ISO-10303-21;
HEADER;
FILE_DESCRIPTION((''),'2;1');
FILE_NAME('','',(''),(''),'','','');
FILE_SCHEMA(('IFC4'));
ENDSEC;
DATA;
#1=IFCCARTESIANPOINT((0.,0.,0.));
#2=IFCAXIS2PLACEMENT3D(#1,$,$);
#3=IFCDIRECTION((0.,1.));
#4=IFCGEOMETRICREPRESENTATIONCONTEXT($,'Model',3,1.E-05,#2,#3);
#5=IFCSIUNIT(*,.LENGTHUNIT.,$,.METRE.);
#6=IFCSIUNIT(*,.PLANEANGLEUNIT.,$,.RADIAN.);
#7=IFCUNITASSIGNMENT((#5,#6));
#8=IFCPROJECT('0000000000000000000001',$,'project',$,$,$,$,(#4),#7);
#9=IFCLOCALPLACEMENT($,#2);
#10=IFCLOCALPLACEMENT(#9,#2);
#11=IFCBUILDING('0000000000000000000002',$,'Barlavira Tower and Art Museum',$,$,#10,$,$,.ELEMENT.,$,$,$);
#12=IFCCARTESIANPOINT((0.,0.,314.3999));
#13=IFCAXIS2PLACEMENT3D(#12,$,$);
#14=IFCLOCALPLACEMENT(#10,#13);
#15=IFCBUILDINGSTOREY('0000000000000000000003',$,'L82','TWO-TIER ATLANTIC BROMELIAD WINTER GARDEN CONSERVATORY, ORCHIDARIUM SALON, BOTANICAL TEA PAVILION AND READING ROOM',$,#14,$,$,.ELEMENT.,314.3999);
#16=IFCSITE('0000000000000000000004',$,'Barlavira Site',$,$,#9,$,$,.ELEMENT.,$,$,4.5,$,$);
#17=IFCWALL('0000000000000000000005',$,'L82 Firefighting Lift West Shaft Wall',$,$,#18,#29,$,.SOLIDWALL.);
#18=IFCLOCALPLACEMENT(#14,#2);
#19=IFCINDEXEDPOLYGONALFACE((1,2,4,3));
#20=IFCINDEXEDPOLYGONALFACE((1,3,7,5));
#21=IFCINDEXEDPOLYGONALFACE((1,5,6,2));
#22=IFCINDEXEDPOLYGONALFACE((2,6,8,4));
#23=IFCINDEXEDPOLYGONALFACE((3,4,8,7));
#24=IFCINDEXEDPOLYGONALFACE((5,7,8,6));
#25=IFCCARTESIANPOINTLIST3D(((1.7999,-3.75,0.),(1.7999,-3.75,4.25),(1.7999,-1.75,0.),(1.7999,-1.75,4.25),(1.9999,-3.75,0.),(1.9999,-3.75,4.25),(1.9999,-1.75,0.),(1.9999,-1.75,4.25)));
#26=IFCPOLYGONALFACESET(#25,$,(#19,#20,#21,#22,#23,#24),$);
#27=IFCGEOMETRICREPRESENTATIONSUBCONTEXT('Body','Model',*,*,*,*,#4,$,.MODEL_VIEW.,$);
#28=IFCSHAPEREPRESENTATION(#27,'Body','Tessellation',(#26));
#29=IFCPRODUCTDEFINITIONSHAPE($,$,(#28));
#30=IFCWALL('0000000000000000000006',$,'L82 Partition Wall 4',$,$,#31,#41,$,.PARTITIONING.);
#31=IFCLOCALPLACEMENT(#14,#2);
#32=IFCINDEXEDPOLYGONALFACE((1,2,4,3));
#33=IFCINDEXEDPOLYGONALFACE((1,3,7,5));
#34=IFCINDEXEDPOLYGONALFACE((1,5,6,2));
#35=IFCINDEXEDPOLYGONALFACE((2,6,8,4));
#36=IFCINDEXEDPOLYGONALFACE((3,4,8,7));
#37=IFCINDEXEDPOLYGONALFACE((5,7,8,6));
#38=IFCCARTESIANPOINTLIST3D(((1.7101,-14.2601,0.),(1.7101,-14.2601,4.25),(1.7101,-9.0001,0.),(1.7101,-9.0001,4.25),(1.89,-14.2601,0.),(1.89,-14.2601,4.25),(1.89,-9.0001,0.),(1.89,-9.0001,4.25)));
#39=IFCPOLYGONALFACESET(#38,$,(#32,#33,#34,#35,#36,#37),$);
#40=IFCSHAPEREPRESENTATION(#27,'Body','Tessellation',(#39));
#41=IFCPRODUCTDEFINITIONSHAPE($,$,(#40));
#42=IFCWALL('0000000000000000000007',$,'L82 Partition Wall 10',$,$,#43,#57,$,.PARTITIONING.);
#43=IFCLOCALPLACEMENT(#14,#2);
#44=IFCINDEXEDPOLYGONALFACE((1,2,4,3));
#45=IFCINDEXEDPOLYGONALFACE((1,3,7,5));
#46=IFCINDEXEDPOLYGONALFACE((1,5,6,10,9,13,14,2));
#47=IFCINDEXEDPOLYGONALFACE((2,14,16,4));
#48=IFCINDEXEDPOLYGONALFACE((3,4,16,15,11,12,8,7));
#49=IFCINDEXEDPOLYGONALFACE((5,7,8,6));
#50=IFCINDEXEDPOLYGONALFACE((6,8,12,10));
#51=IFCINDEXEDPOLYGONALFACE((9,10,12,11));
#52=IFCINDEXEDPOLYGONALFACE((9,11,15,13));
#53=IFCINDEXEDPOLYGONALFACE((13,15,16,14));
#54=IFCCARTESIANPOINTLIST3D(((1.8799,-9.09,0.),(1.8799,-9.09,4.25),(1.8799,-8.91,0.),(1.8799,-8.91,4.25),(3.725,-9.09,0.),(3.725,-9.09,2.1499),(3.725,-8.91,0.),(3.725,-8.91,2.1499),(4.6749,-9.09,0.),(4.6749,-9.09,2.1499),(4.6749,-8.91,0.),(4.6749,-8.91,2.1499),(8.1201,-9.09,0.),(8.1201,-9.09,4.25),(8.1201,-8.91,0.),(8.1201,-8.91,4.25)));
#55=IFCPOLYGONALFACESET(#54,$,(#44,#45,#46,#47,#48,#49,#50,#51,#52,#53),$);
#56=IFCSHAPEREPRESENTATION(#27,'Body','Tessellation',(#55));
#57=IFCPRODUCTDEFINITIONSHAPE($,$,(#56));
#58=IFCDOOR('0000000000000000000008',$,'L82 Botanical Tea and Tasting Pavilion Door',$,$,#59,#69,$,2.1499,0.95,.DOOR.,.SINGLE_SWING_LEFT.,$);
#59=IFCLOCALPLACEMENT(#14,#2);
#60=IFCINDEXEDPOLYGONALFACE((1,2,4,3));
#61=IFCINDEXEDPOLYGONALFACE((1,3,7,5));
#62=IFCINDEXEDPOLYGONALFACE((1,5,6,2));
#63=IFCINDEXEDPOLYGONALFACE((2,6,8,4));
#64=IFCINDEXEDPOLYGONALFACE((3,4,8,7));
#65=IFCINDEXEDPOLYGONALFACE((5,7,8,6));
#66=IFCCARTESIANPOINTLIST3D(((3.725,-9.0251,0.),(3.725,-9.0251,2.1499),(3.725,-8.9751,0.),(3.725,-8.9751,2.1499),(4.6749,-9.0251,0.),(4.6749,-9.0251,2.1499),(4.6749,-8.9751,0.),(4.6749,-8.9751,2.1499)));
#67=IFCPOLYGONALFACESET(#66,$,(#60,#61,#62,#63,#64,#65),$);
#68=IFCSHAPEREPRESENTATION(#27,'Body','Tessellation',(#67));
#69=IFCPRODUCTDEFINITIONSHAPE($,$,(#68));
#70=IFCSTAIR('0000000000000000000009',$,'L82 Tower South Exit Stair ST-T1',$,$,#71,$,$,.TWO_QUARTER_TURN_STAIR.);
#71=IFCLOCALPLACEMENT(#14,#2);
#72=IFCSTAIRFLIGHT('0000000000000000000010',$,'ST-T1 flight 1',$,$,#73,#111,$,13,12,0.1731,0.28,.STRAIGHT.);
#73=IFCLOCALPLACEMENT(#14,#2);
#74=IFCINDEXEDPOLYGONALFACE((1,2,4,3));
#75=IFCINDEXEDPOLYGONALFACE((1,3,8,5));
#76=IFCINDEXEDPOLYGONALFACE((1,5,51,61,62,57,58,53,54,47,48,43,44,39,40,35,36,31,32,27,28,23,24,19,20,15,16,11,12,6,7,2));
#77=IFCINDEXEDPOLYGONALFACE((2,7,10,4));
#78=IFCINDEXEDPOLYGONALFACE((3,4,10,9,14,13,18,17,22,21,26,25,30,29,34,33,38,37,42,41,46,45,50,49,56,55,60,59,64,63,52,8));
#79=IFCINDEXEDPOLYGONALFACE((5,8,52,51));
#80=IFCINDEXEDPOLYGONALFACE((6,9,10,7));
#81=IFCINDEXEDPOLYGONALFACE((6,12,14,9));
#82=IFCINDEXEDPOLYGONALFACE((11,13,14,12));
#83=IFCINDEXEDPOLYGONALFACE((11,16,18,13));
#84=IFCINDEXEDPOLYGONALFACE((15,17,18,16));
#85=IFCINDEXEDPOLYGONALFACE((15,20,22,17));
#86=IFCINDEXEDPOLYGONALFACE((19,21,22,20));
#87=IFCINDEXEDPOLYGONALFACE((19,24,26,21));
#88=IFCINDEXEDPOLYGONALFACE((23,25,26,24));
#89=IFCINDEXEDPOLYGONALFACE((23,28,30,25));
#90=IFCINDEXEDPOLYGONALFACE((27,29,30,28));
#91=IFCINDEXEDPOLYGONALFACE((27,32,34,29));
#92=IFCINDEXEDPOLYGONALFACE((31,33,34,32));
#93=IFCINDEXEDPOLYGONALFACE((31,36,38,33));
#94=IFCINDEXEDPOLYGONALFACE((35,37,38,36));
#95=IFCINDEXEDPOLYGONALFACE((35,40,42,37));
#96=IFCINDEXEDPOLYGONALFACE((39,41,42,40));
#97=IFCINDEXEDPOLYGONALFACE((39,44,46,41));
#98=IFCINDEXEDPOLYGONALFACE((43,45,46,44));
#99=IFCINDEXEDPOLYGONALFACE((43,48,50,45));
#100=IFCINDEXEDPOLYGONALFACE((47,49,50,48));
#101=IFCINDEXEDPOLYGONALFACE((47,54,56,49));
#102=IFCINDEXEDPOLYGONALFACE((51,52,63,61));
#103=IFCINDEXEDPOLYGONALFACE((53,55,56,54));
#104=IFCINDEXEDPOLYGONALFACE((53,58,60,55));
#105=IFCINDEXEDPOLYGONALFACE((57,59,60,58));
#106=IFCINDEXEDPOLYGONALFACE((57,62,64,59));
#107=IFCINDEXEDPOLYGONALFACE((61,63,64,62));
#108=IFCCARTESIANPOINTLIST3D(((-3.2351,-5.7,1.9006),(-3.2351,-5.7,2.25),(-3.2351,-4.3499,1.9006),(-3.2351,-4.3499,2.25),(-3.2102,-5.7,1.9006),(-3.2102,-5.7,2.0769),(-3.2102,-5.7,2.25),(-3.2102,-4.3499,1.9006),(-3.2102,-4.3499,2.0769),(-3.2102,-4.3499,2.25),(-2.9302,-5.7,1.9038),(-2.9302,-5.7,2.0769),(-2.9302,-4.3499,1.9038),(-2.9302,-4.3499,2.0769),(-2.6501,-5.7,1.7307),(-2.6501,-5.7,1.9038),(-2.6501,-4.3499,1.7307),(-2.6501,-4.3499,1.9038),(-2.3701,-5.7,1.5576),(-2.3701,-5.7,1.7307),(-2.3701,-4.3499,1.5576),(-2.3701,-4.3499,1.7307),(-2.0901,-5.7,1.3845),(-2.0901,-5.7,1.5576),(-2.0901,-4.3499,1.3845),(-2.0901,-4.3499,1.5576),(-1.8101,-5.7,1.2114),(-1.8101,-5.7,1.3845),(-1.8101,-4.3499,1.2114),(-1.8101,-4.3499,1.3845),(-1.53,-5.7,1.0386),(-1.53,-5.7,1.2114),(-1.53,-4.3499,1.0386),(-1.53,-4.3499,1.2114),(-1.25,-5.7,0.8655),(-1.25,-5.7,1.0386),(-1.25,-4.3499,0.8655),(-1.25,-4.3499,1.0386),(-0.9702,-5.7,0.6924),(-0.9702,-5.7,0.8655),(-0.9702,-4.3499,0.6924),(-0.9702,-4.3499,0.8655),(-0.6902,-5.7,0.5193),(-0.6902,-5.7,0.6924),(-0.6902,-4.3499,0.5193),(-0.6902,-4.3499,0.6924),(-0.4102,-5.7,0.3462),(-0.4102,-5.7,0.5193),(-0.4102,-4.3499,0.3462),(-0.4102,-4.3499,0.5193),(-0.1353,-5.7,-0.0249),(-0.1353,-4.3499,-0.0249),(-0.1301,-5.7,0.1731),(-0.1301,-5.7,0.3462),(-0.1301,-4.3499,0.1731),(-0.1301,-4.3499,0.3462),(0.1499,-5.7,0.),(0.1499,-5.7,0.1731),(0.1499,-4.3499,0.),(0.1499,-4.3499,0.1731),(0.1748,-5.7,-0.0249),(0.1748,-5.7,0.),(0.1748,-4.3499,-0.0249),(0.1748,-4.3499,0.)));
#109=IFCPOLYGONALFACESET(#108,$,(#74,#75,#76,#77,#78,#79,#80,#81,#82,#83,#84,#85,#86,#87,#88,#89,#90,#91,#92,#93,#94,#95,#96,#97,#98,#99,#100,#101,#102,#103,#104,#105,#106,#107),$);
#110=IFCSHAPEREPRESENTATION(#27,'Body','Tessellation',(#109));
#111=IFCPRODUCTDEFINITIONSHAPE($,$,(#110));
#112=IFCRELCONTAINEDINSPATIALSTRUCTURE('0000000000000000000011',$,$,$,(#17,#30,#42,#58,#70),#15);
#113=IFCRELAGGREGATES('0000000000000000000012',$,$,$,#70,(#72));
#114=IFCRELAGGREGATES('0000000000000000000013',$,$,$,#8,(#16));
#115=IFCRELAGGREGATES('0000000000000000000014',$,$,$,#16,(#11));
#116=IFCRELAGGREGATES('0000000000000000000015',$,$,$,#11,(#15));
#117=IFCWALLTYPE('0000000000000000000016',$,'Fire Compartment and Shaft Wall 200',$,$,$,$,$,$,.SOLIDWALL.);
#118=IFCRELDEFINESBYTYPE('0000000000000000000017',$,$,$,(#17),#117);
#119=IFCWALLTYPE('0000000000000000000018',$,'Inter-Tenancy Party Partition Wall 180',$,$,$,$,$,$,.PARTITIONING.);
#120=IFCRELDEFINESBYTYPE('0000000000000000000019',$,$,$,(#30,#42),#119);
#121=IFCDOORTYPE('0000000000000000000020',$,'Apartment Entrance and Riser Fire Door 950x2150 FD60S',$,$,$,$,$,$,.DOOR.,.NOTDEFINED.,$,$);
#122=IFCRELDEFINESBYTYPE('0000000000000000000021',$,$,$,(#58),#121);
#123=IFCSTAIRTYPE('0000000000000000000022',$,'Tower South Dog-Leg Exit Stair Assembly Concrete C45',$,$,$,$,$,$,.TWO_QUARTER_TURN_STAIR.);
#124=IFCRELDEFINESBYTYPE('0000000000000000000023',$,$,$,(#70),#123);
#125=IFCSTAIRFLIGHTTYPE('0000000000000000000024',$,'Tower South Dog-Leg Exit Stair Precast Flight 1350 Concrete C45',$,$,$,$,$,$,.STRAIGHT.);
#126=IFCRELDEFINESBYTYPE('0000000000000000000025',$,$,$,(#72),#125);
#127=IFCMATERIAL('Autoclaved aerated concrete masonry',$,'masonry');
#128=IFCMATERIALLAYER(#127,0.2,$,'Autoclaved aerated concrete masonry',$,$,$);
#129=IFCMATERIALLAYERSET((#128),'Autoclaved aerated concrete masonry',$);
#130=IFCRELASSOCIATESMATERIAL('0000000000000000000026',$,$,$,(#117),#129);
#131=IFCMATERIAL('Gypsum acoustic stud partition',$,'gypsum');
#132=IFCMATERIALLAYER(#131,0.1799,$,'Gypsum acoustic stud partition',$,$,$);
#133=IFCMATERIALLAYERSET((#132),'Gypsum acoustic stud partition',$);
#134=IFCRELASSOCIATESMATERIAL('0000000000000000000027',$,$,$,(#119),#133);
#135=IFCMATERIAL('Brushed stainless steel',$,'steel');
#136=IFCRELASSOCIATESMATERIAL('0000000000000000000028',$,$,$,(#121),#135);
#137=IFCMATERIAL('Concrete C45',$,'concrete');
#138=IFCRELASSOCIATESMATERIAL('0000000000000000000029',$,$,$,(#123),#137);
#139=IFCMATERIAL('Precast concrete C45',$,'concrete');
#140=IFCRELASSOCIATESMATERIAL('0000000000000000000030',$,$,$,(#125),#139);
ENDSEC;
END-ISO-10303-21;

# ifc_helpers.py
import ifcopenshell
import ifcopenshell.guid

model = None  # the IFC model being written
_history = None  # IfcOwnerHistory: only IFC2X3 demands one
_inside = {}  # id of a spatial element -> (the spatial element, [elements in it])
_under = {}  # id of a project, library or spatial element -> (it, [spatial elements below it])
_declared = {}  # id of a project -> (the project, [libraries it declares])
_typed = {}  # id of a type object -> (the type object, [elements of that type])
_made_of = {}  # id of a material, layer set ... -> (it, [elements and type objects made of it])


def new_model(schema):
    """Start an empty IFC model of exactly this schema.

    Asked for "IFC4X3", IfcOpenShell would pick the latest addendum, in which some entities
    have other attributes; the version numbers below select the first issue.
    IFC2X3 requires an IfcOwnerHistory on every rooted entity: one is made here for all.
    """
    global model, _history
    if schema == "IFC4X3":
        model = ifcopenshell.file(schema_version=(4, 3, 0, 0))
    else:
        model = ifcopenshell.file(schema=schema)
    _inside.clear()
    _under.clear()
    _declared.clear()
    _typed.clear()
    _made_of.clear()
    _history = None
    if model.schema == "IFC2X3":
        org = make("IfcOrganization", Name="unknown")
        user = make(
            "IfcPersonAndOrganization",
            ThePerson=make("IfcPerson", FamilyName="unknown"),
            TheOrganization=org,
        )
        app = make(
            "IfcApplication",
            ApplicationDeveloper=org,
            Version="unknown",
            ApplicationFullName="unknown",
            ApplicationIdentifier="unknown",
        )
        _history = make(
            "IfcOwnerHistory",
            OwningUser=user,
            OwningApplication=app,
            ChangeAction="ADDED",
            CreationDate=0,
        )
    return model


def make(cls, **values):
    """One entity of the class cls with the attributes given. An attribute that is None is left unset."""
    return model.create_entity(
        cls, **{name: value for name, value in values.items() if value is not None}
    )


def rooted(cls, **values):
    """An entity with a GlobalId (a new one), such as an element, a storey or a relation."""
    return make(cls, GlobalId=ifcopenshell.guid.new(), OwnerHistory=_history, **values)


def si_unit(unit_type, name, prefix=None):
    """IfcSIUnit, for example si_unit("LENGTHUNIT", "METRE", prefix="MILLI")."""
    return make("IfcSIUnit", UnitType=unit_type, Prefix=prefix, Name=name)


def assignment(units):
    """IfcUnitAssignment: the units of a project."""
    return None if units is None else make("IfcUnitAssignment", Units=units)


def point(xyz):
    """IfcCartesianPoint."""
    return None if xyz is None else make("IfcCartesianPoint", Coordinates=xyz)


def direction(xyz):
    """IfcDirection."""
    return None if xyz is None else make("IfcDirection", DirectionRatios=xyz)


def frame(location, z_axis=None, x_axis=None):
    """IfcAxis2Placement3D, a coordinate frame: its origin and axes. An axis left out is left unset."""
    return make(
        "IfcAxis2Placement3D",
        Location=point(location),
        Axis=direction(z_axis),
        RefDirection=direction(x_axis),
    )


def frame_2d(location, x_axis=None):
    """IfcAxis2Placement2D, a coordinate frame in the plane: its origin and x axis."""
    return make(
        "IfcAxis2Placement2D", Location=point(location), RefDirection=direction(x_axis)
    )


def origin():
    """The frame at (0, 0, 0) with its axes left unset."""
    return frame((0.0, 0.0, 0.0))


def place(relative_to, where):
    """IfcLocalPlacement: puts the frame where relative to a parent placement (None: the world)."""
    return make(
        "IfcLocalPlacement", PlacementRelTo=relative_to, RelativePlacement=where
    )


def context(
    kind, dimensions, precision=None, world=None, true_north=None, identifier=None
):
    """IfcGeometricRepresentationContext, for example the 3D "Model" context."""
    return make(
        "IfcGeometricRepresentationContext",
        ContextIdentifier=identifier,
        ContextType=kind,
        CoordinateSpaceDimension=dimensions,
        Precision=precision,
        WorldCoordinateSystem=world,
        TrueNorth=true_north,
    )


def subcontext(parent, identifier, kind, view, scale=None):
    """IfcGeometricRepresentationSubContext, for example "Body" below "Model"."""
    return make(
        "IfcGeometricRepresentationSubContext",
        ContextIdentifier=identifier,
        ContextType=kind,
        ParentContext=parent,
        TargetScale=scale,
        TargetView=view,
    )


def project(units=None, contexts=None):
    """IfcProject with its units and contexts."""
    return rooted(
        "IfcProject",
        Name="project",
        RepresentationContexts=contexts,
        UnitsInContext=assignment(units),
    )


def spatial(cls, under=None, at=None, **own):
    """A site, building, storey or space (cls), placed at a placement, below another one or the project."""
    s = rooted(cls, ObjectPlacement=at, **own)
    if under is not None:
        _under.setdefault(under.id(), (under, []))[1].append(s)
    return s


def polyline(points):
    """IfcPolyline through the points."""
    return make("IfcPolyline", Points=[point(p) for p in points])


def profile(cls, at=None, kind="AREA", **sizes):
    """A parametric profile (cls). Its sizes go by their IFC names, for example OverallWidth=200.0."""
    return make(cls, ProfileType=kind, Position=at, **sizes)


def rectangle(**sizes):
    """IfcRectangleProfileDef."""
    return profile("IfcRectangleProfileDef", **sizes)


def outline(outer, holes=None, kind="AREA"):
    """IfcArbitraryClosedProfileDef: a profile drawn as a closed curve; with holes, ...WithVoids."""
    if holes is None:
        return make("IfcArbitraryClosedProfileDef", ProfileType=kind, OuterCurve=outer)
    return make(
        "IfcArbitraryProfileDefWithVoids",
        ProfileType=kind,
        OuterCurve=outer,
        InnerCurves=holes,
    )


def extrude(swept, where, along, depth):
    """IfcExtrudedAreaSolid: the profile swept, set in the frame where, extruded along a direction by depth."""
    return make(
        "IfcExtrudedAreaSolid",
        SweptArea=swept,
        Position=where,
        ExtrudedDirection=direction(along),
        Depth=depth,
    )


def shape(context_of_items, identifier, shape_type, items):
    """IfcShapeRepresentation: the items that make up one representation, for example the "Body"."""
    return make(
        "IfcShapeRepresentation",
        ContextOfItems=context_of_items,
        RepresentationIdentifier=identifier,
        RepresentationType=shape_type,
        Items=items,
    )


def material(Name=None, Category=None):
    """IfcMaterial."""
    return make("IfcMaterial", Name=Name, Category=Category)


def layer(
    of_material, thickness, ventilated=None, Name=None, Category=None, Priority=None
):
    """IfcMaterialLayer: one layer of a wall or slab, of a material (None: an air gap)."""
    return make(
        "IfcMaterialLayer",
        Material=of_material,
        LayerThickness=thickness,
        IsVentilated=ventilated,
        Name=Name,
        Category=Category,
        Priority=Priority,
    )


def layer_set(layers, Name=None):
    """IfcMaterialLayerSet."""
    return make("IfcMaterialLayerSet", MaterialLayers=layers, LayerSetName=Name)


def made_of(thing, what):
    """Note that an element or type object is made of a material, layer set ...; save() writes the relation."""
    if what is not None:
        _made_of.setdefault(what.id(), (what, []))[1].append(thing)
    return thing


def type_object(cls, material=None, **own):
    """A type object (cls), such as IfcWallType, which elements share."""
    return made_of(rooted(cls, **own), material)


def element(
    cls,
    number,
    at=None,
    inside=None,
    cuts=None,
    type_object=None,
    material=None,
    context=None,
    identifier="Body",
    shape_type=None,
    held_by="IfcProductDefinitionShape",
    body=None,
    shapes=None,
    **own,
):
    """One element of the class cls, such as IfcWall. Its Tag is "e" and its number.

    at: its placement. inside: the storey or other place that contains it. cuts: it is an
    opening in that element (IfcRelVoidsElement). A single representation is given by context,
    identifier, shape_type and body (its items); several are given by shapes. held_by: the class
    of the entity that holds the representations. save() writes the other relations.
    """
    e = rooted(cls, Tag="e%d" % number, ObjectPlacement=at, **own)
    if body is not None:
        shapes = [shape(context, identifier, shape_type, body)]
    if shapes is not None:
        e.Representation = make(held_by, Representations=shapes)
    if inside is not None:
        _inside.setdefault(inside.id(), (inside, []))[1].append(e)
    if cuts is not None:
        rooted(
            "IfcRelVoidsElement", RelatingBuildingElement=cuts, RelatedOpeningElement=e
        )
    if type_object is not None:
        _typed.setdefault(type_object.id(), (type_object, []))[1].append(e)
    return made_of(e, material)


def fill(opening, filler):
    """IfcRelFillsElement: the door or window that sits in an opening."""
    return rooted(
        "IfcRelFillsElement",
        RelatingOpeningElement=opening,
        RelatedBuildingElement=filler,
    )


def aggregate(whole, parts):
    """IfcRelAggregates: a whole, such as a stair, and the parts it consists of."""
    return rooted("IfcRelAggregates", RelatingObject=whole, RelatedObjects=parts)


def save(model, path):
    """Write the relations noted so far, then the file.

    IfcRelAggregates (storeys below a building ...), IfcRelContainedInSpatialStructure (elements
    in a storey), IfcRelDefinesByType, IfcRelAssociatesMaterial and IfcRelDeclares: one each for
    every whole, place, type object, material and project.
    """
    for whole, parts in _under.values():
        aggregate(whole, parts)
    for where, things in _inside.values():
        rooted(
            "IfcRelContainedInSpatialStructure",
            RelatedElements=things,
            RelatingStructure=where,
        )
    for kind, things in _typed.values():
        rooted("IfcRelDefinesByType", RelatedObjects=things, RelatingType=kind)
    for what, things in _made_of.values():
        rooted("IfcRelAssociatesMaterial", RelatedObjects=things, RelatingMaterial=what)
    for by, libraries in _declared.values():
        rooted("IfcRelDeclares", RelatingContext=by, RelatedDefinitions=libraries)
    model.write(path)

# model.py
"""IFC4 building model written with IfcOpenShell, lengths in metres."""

from ifc_helpers import new_model, si_unit, direction, frame, frame_2d, origin, place, context, subcontext, project, spatial, polyline, rectangle, outline, extrude, material, layer, layer_set, type_object, element, fill, aggregate, save


model = new_model("IFC4")

# Units and contexts
model_context = context("Model", 3, precision=1e-05, world=origin(), true_north=direction((0.0, 1.0)))
body_context = subcontext(model_context, "Body", "Model", "MODEL_VIEW")
ifc_project = project(units=[si_unit("LENGTHUNIT", "METRE"), si_unit("PLANEANGLEUNIT", "RADIAN")], contexts=[model_context])

# Site, building, storey
site_placement = place(None, origin())
site = spatial("IfcSite", under=ifc_project, at=site_placement, Name="Barlavira Site", CompositionType="ELEMENT", RefElevation=4.5)
building_placement = place(site_placement, origin())
building = spatial("IfcBuilding", under=site, at=building_placement, Name="Barlavira Tower and Art Museum", CompositionType="ELEMENT")
storey_placement = place(building_placement, frame((0.0, 0.0, 314.3999)))
storey = spatial("IfcBuildingStorey", under=building, at=storey_placement, Name="L82", Description="TWO-TIER ATLANTIC BROMELIAD WINTER GARDEN CONSERVATORY, ORCHIDARIUM SALON, BOTANICAL TEA PAVILION AND READING ROOM", CompositionType="ELEMENT", Elevation=314.3999)

# Shared definitions
ifc_material_1 = material(Name="Autoclaved aerated concrete masonry", Category="masonry")
ifc_layer_1 = layer(ifc_material_1, 0.2, Name="Autoclaved aerated concrete masonry")
ifc_layer_set_1 = layer_set([ifc_layer_1], Name="Autoclaved aerated concrete masonry")
wall_type_1 = type_object("IfcWallType", Name="Fire Compartment and Shaft Wall 200", PredefinedType="SOLIDWALL", material=ifc_layer_set_1)
ifc_material_2 = material(Name="Brushed stainless steel", Category="steel")

# Walls
wall_1_placement = place(storey_placement, frame((1.8999, -3.75, 0.0), z_axis=(0.0, 0.0, 1.0), x_axis=(0.0, 1.0, 0.0)))
element("IfcWall", 1, at=wall_1_placement, inside=storey, type_object=wall_type_1, Name="L82 Firefighting Lift West Shaft Wall", PredefinedType="SOLIDWALL", context=body_context, shape_type="SweptSolid", body=[
    extrude(rectangle(XDim=2.0, YDim=0.2, at=frame_2d((1.0, 0.0))), origin(), (0.0, 0.0, 1.0), 4.25),
])
ifc_material_3 = material(Name="Gypsum acoustic stud partition", Category="gypsum")
ifc_layer_2 = layer(ifc_material_3, 0.1799, Name="Gypsum acoustic stud partition")
ifc_layer_set_2 = layer_set([ifc_layer_2], Name="Gypsum acoustic stud partition")
wall_type_2 = type_object("IfcWallType", Name="Inter-Tenancy Party Partition Wall 180", PredefinedType="PARTITIONING", material=ifc_layer_set_2)
wall_2_placement = place(storey_placement, frame((1.8, -14.26, 0.0), z_axis=(0.0, 0.0, 1.0), x_axis=(0.0, 1.0, 0.0)))
element("IfcWall", 2, at=wall_2_placement, inside=storey, type_object=wall_type_2, Name="L82 Partition Wall 4", PredefinedType="PARTITIONING", context=body_context, shape_type="SweptSolid", body=[
    extrude(rectangle(XDim=5.26, YDim=0.1799, at=frame_2d((2.6299, 0.0))), origin(), (0.0, 0.0, 1.0), 4.25),
])

# Wall, opening, door
wall_3_placement = place(storey_placement, frame((1.8799, -9.0, 0.0), z_axis=(0.0, 0.0, 1.0), x_axis=(1.0, 0.0, 0.0)))
wall_3 = element("IfcWall", 3, at=wall_3_placement, inside=storey, type_object=wall_type_2, Name="L82 Partition Wall 10", PredefinedType="PARTITIONING", context=body_context, shape_type="SweptSolid", body=[
    extrude(rectangle(XDim=6.2402, YDim=0.1799, at=frame_2d((3.1201, 0.0))), origin(), (0.0, 0.0, 1.0), 4.25),
])
opening_1_placement = place(wall_3_placement, frame((1.845, 0.0, 0.0)))
opening_1 = element("IfcOpeningElement", 4, at=opening_1_placement, cuts=wall_3, PredefinedType="OPENING", context=body_context, shape_type="SweptSolid", body=[
    extrude(rectangle(XDim=0.95, YDim=2.1499, at=frame_2d((0.4751, 1.075))), frame((0.0, 0.1001, 0.0), z_axis=(0.0, -1.0, 0.0), x_axis=(1.0, 0.0, 0.0)), (0.0, 0.0, 1.0), 0.2),
])
door_type_1 = type_object("IfcDoorType", Name="Apartment Entrance and Riser Fire Door 950x2150 FD60S", OperationType="NOTDEFINED", PredefinedType="DOOR", material=ifc_material_2)
door_1_placement = place(opening_1_placement, origin())
door_1 = element("IfcDoor", 5, at=door_1_placement, inside=storey, type_object=door_type_1, Name="L82 Botanical Tea and Tasting Pavilion Door", OperationType="SINGLE_SWING_LEFT", OverallHeight=2.1499, OverallWidth=0.95, PredefinedType="DOOR", context=body_context, shape_type="SweptSolid", body=[
    extrude(rectangle(XDim=0.95, YDim=2.1499, at=frame_2d((0.4751, 1.075))), frame((0.0, 0.0249, 0.0), z_axis=(0.0, -1.0, 0.0), x_axis=(1.0, 0.0, 0.0)), (0.0, 0.0, 1.0), 0.05),
])
fill(opening_1, door_1)

# Stair, stair flight
ifc_material_4 = material(Name="Concrete C45", Category="concrete")
stair_type = type_object("IfcStairType", Name="Tower South Dog-Leg Exit Stair Assembly Concrete C45", PredefinedType="TWO_QUARTER_TURN_STAIR", material=ifc_material_4)
stair_placement = place(storey_placement, origin())
stair = element("IfcStair", 6, at=stair_placement, inside=storey, type_object=stair_type, Name="L82 Tower South Exit Stair ST-T1", PredefinedType="TWO_QUARTER_TURN_STAIR")
ifc_material_5 = material(Name="Precast concrete C45", Category="concrete")
stair_flight_type = type_object("IfcStairFlightType", Name="Tower South Dog-Leg Exit Stair Precast Flight 1350 Concrete C45", PredefinedType="STRAIGHT", material=ifc_material_5)
stair_flight_placement = place(storey_placement, frame((0.1499, -5.0249, 0.0), z_axis=(0.0, 0.0, 1.0), x_axis=(-1.0, 0.0, 0.0)))
stair_flight = element("IfcStairFlight", 7, at=stair_flight_placement, type_object=stair_flight_type, Name="ST-T1 flight 1", NumberOfRisers=13, NumberOfTreads=12, PredefinedType="STRAIGHT", RiserHeight=0.1731, TreadLength=0.28, context=body_context, shape_type="SweptSolid", body=[
    extrude(outline(polyline([(-0.0249, 0.0), (0.0, 0.0), (0.0, 0.1731), (0.28, 0.1731), (0.28, 0.3462), (0.5601, 0.3462), (0.5601, 0.5193), (0.8401, 0.5193), (0.8401, 0.6924), (1.1201, 0.6924), (1.1201, 0.8655), (1.3999, 0.8655), (1.3999, 1.0386), (1.6799, 1.0386), (1.6799, 1.2114), (1.96, 1.2114), (1.96, 1.3845), (2.24, 1.3845), (2.24, 1.5576), (2.52, 1.5576), (2.52, 1.7307), (2.8, 1.7307), (2.8, 1.9038), (3.0801, 1.9038), (3.0801, 2.0769), (3.3601, 2.0769), (3.3601, 2.25), (3.385, 2.25), (3.385, 1.9006), (3.3601, 1.9006), (0.2852, -0.0249), (-0.0249, -0.0249), (-0.0249, 0.0)])), frame((0.0, 0.675, 0.0), z_axis=(0.0, -1.0, 0.0), x_axis=(1.0, 0.0, 0.0)), (0.0, 0.0, 1.0), 1.3501),
])
aggregate(stair, [stair_flight])

save(model, "model.ifc")
